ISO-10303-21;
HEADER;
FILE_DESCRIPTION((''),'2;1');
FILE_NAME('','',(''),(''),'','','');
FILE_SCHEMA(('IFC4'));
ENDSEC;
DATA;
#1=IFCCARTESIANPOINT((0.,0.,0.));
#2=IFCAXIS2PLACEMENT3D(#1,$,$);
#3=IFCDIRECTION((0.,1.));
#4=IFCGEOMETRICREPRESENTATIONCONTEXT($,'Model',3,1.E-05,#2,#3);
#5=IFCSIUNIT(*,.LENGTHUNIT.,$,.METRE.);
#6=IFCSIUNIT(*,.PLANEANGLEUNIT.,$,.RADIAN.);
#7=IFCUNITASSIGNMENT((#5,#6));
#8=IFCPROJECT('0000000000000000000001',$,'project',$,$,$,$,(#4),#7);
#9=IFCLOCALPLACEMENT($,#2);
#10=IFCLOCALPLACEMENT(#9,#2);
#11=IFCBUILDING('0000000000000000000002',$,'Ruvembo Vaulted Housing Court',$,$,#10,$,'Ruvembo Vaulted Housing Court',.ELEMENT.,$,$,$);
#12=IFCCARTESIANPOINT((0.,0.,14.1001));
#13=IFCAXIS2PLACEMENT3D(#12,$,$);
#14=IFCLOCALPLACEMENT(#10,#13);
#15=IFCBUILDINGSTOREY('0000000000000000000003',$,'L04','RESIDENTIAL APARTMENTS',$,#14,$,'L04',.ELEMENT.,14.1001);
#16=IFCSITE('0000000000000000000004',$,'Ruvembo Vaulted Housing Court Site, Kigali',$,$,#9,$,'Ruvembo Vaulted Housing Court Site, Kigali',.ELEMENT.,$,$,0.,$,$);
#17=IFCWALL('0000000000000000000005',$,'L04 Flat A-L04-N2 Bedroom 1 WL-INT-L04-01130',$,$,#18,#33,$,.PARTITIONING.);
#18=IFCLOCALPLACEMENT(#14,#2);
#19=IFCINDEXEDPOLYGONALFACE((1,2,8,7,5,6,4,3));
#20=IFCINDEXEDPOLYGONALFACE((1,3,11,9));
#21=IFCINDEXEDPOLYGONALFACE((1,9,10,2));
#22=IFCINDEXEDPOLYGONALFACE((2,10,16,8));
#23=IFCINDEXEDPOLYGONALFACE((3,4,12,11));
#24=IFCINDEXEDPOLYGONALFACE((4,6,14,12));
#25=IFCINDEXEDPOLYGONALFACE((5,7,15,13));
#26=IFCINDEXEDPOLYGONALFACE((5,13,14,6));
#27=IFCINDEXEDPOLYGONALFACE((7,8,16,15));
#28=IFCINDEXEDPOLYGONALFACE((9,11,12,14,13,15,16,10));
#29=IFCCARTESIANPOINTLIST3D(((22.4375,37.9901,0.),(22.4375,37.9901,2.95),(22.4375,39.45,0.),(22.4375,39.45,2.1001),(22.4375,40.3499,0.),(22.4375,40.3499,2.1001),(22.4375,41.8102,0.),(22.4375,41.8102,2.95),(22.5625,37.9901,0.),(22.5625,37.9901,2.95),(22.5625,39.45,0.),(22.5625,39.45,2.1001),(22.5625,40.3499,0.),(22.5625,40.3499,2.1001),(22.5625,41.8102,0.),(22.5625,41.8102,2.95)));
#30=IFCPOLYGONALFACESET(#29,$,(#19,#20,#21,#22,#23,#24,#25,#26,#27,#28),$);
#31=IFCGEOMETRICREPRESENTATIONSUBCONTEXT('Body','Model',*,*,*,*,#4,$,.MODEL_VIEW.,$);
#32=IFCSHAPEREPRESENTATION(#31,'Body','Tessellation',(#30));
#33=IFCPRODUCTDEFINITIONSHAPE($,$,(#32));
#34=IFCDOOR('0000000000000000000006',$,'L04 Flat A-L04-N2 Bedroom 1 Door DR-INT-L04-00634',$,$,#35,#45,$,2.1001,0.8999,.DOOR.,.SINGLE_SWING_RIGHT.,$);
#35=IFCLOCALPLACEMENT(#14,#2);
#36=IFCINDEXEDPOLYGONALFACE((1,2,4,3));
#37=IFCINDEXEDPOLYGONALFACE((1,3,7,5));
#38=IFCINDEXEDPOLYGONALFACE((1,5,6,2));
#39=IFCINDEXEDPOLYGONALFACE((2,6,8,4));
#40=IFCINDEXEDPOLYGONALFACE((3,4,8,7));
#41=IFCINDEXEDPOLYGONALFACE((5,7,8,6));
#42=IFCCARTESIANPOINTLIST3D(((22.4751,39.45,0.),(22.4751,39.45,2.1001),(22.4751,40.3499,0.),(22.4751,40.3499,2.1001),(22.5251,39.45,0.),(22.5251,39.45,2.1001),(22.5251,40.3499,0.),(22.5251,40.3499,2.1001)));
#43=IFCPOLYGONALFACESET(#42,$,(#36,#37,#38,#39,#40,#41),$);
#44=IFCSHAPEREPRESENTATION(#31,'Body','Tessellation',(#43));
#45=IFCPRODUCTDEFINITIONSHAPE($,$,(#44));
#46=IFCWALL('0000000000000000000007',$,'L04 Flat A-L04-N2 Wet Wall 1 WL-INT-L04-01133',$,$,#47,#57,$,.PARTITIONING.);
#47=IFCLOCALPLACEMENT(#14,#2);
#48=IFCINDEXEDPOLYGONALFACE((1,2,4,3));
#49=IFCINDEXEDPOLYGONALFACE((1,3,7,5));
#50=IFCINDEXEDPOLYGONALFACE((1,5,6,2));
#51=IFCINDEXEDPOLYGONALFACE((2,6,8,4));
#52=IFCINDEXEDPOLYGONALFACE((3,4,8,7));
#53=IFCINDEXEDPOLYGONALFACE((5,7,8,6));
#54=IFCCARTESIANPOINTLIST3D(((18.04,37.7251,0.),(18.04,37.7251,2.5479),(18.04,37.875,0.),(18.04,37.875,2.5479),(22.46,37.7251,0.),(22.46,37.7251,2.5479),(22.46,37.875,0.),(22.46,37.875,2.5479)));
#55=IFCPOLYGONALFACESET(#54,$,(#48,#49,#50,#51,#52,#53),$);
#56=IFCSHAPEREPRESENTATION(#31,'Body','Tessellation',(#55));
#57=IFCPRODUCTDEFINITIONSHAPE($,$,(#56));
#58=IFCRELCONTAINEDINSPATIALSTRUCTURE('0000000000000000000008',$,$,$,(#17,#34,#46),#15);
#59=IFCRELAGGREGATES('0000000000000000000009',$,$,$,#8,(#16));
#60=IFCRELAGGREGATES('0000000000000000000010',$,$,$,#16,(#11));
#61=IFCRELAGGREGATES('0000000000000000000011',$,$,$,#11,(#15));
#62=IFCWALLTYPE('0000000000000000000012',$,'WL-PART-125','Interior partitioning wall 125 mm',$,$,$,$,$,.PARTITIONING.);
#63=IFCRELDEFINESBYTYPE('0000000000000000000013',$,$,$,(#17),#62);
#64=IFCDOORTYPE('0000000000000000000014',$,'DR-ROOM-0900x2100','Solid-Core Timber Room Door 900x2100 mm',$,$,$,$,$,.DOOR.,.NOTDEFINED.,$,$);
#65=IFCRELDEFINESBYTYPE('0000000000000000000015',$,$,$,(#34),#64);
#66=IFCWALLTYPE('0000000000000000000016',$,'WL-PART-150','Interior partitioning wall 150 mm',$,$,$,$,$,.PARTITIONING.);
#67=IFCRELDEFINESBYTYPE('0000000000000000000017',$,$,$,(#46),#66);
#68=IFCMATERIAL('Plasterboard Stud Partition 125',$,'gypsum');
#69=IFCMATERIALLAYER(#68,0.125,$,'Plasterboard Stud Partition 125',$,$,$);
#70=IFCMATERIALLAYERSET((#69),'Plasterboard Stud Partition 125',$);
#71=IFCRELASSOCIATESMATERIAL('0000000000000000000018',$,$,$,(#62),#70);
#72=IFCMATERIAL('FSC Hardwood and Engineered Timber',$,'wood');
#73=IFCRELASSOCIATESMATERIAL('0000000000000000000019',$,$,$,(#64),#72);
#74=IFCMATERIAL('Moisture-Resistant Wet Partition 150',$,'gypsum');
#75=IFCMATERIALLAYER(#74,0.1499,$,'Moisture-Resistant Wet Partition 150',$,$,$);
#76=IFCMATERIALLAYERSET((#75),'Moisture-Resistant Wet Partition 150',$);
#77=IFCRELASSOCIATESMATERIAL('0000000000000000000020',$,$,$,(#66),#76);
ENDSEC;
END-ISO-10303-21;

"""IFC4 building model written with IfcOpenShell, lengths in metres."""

from ifc_helpers import new_model, si_unit, direction, frame, frame_2d, origin, place, context, subcontext, project, spatial, rectangle, extrude, material, layer, layer_set, type_object, element, fill, save


model = new_model("IFC4")

# Units and contexts
model_context = context("Model", 3, precision=1e-05, world=origin(), true_north=direction((0.0, 1.0)))
body_context = subcontext(model_context, "Body", "Model", "MODEL_VIEW")
ifc_project = project(units=[si_unit("LENGTHUNIT", "METRE"), si_unit("PLANEANGLEUNIT", "RADIAN")], contexts=[model_context])

# Site, building, storey
site_placement = place(None, origin())
site = spatial("IfcSite", under=ifc_project, at=site_placement, Name="Ruvembo Vaulted Housing Court Site, Kigali", LongName="Ruvembo Vaulted Housing Court Site, Kigali", CompositionType="ELEMENT", RefElevation=0.0)
building_placement = place(site_placement, origin())
building = spatial("IfcBuilding", under=site, at=building_placement, Name="Ruvembo Vaulted Housing Court", LongName="Ruvembo Vaulted Housing Court", CompositionType="ELEMENT")
storey_placement = place(building_placement, frame((0.0, 0.0, 14.1001)))
storey = spatial("IfcBuildingStorey", under=building, at=storey_placement, Name="L04", Description="RESIDENTIAL APARTMENTS", LongName="L04", CompositionType="ELEMENT", Elevation=14.1001)

# Wall, opening, door
ifc_material_1 = material(Name="Plasterboard Stud Partition 125", Category="gypsum")
ifc_layer_1 = layer(ifc_material_1, 0.125, Name="Plasterboard Stud Partition 125")
ifc_layer_set_1 = layer_set([ifc_layer_1], Name="Plasterboard Stud Partition 125")
wall_type_1 = type_object("IfcWallType", Name="WL-PART-125", Description="Interior partitioning wall 125 mm", PredefinedType="PARTITIONING", material=ifc_layer_set_1)
wall_1_placement = place(storey_placement, frame((22.5, 37.99, 0.0), z_axis=(0.0, 0.0, 1.0), x_axis=(0.0, 1.0, 0.0)))
wall_1 = element("IfcWall", 1, at=wall_1_placement, inside=storey, type_object=wall_type_1, Name="L04 Flat A-L04-N2 Bedroom 1 WL-INT-L04-01130", PredefinedType="PARTITIONING", context=body_context, shape_type="SweptSolid", body=[
    extrude(rectangle(XDim=3.8201, YDim=0.125, at=frame_2d((1.9102, 0.0))), origin(), (0.0, 0.0, 1.0), 2.95),
])
opening_1_placement = place(wall_1_placement, frame((1.46, 0.0, 0.0)))
opening_1 = element("IfcOpeningElement", 2, at=opening_1_placement, cuts=wall_1, PredefinedType="OPENING", context=body_context, shape_type="SweptSolid", body=[
    extrude(rectangle(XDim=0.8999, YDim=2.1001, at=frame_2d((0.45, 1.05))), frame((0.0, 0.0725, 0.0), z_axis=(0.0, -1.0, 0.0), x_axis=(1.0, 0.0, 0.0)), (0.0, 0.0, 1.0), 0.145),
])
ifc_material_2 = material(Name="FSC Hardwood and Engineered Timber", Category="wood")
door_type = type_object("IfcDoorType", Name="DR-ROOM-0900x2100", Description="Solid-Core Timber Room Door 900x2100 mm", OperationType="NOTDEFINED", PredefinedType="DOOR", material=ifc_material_2)
door_placement = place(opening_1_placement, origin())
door = element("IfcDoor", 3, at=door_placement, inside=storey, type_object=door_type, Name="L04 Flat A-L04-N2 Bedroom 1 Door DR-INT-L04-00634", OperationType="SINGLE_SWING_RIGHT", OverallHeight=2.1001, OverallWidth=0.8999, PredefinedType="DOOR", context=body_context, shape_type="SweptSolid", body=[
    extrude(rectangle(XDim=0.8999, YDim=2.1001, at=frame_2d((0.45, 1.05))), frame((0.0, 0.0249, 0.0), z_axis=(0.0, -1.0, 0.0), x_axis=(1.0, 0.0, 0.0)), (0.0, 0.0, 1.0), 0.05),
])
fill(opening_1, door)

# Wall
ifc_material_3 = material(Name="Moisture-Resistant Wet Partition 150", Category="gypsum")
ifc_layer_2 = layer(ifc_material_3, 0.1499, Name="Moisture-Resistant Wet Partition 150")
ifc_layer_set_2 = layer_set([ifc_layer_2], Name="Moisture-Resistant Wet Partition 150")
wall_type_2 = type_object("IfcWallType", Name="WL-PART-150", Description="Interior partitioning wall 150 mm", PredefinedType="PARTITIONING", material=ifc_layer_set_2)
wall_2_placement = place(storey_placement, frame((18.04, 37.8, 0.0), z_axis=(0.0, 0.0, 1.0), x_axis=(1.0, 0.0, 0.0)))
element("IfcWall", 4, at=wall_2_placement, inside=storey, type_object=wall_type_2, Name="L04 Flat A-L04-N2 Wet Wall 1 WL-INT-L04-01133", PredefinedType="PARTITIONING", context=body_context, shape_type="SweptSolid", body=[
    extrude(rectangle(XDim=4.4199, YDim=0.1499, at=frame_2d((2.21, 0.0))), origin(), (0.0, 0.0, 1.0), 2.5479),
])

save(model, "model.ifc")
